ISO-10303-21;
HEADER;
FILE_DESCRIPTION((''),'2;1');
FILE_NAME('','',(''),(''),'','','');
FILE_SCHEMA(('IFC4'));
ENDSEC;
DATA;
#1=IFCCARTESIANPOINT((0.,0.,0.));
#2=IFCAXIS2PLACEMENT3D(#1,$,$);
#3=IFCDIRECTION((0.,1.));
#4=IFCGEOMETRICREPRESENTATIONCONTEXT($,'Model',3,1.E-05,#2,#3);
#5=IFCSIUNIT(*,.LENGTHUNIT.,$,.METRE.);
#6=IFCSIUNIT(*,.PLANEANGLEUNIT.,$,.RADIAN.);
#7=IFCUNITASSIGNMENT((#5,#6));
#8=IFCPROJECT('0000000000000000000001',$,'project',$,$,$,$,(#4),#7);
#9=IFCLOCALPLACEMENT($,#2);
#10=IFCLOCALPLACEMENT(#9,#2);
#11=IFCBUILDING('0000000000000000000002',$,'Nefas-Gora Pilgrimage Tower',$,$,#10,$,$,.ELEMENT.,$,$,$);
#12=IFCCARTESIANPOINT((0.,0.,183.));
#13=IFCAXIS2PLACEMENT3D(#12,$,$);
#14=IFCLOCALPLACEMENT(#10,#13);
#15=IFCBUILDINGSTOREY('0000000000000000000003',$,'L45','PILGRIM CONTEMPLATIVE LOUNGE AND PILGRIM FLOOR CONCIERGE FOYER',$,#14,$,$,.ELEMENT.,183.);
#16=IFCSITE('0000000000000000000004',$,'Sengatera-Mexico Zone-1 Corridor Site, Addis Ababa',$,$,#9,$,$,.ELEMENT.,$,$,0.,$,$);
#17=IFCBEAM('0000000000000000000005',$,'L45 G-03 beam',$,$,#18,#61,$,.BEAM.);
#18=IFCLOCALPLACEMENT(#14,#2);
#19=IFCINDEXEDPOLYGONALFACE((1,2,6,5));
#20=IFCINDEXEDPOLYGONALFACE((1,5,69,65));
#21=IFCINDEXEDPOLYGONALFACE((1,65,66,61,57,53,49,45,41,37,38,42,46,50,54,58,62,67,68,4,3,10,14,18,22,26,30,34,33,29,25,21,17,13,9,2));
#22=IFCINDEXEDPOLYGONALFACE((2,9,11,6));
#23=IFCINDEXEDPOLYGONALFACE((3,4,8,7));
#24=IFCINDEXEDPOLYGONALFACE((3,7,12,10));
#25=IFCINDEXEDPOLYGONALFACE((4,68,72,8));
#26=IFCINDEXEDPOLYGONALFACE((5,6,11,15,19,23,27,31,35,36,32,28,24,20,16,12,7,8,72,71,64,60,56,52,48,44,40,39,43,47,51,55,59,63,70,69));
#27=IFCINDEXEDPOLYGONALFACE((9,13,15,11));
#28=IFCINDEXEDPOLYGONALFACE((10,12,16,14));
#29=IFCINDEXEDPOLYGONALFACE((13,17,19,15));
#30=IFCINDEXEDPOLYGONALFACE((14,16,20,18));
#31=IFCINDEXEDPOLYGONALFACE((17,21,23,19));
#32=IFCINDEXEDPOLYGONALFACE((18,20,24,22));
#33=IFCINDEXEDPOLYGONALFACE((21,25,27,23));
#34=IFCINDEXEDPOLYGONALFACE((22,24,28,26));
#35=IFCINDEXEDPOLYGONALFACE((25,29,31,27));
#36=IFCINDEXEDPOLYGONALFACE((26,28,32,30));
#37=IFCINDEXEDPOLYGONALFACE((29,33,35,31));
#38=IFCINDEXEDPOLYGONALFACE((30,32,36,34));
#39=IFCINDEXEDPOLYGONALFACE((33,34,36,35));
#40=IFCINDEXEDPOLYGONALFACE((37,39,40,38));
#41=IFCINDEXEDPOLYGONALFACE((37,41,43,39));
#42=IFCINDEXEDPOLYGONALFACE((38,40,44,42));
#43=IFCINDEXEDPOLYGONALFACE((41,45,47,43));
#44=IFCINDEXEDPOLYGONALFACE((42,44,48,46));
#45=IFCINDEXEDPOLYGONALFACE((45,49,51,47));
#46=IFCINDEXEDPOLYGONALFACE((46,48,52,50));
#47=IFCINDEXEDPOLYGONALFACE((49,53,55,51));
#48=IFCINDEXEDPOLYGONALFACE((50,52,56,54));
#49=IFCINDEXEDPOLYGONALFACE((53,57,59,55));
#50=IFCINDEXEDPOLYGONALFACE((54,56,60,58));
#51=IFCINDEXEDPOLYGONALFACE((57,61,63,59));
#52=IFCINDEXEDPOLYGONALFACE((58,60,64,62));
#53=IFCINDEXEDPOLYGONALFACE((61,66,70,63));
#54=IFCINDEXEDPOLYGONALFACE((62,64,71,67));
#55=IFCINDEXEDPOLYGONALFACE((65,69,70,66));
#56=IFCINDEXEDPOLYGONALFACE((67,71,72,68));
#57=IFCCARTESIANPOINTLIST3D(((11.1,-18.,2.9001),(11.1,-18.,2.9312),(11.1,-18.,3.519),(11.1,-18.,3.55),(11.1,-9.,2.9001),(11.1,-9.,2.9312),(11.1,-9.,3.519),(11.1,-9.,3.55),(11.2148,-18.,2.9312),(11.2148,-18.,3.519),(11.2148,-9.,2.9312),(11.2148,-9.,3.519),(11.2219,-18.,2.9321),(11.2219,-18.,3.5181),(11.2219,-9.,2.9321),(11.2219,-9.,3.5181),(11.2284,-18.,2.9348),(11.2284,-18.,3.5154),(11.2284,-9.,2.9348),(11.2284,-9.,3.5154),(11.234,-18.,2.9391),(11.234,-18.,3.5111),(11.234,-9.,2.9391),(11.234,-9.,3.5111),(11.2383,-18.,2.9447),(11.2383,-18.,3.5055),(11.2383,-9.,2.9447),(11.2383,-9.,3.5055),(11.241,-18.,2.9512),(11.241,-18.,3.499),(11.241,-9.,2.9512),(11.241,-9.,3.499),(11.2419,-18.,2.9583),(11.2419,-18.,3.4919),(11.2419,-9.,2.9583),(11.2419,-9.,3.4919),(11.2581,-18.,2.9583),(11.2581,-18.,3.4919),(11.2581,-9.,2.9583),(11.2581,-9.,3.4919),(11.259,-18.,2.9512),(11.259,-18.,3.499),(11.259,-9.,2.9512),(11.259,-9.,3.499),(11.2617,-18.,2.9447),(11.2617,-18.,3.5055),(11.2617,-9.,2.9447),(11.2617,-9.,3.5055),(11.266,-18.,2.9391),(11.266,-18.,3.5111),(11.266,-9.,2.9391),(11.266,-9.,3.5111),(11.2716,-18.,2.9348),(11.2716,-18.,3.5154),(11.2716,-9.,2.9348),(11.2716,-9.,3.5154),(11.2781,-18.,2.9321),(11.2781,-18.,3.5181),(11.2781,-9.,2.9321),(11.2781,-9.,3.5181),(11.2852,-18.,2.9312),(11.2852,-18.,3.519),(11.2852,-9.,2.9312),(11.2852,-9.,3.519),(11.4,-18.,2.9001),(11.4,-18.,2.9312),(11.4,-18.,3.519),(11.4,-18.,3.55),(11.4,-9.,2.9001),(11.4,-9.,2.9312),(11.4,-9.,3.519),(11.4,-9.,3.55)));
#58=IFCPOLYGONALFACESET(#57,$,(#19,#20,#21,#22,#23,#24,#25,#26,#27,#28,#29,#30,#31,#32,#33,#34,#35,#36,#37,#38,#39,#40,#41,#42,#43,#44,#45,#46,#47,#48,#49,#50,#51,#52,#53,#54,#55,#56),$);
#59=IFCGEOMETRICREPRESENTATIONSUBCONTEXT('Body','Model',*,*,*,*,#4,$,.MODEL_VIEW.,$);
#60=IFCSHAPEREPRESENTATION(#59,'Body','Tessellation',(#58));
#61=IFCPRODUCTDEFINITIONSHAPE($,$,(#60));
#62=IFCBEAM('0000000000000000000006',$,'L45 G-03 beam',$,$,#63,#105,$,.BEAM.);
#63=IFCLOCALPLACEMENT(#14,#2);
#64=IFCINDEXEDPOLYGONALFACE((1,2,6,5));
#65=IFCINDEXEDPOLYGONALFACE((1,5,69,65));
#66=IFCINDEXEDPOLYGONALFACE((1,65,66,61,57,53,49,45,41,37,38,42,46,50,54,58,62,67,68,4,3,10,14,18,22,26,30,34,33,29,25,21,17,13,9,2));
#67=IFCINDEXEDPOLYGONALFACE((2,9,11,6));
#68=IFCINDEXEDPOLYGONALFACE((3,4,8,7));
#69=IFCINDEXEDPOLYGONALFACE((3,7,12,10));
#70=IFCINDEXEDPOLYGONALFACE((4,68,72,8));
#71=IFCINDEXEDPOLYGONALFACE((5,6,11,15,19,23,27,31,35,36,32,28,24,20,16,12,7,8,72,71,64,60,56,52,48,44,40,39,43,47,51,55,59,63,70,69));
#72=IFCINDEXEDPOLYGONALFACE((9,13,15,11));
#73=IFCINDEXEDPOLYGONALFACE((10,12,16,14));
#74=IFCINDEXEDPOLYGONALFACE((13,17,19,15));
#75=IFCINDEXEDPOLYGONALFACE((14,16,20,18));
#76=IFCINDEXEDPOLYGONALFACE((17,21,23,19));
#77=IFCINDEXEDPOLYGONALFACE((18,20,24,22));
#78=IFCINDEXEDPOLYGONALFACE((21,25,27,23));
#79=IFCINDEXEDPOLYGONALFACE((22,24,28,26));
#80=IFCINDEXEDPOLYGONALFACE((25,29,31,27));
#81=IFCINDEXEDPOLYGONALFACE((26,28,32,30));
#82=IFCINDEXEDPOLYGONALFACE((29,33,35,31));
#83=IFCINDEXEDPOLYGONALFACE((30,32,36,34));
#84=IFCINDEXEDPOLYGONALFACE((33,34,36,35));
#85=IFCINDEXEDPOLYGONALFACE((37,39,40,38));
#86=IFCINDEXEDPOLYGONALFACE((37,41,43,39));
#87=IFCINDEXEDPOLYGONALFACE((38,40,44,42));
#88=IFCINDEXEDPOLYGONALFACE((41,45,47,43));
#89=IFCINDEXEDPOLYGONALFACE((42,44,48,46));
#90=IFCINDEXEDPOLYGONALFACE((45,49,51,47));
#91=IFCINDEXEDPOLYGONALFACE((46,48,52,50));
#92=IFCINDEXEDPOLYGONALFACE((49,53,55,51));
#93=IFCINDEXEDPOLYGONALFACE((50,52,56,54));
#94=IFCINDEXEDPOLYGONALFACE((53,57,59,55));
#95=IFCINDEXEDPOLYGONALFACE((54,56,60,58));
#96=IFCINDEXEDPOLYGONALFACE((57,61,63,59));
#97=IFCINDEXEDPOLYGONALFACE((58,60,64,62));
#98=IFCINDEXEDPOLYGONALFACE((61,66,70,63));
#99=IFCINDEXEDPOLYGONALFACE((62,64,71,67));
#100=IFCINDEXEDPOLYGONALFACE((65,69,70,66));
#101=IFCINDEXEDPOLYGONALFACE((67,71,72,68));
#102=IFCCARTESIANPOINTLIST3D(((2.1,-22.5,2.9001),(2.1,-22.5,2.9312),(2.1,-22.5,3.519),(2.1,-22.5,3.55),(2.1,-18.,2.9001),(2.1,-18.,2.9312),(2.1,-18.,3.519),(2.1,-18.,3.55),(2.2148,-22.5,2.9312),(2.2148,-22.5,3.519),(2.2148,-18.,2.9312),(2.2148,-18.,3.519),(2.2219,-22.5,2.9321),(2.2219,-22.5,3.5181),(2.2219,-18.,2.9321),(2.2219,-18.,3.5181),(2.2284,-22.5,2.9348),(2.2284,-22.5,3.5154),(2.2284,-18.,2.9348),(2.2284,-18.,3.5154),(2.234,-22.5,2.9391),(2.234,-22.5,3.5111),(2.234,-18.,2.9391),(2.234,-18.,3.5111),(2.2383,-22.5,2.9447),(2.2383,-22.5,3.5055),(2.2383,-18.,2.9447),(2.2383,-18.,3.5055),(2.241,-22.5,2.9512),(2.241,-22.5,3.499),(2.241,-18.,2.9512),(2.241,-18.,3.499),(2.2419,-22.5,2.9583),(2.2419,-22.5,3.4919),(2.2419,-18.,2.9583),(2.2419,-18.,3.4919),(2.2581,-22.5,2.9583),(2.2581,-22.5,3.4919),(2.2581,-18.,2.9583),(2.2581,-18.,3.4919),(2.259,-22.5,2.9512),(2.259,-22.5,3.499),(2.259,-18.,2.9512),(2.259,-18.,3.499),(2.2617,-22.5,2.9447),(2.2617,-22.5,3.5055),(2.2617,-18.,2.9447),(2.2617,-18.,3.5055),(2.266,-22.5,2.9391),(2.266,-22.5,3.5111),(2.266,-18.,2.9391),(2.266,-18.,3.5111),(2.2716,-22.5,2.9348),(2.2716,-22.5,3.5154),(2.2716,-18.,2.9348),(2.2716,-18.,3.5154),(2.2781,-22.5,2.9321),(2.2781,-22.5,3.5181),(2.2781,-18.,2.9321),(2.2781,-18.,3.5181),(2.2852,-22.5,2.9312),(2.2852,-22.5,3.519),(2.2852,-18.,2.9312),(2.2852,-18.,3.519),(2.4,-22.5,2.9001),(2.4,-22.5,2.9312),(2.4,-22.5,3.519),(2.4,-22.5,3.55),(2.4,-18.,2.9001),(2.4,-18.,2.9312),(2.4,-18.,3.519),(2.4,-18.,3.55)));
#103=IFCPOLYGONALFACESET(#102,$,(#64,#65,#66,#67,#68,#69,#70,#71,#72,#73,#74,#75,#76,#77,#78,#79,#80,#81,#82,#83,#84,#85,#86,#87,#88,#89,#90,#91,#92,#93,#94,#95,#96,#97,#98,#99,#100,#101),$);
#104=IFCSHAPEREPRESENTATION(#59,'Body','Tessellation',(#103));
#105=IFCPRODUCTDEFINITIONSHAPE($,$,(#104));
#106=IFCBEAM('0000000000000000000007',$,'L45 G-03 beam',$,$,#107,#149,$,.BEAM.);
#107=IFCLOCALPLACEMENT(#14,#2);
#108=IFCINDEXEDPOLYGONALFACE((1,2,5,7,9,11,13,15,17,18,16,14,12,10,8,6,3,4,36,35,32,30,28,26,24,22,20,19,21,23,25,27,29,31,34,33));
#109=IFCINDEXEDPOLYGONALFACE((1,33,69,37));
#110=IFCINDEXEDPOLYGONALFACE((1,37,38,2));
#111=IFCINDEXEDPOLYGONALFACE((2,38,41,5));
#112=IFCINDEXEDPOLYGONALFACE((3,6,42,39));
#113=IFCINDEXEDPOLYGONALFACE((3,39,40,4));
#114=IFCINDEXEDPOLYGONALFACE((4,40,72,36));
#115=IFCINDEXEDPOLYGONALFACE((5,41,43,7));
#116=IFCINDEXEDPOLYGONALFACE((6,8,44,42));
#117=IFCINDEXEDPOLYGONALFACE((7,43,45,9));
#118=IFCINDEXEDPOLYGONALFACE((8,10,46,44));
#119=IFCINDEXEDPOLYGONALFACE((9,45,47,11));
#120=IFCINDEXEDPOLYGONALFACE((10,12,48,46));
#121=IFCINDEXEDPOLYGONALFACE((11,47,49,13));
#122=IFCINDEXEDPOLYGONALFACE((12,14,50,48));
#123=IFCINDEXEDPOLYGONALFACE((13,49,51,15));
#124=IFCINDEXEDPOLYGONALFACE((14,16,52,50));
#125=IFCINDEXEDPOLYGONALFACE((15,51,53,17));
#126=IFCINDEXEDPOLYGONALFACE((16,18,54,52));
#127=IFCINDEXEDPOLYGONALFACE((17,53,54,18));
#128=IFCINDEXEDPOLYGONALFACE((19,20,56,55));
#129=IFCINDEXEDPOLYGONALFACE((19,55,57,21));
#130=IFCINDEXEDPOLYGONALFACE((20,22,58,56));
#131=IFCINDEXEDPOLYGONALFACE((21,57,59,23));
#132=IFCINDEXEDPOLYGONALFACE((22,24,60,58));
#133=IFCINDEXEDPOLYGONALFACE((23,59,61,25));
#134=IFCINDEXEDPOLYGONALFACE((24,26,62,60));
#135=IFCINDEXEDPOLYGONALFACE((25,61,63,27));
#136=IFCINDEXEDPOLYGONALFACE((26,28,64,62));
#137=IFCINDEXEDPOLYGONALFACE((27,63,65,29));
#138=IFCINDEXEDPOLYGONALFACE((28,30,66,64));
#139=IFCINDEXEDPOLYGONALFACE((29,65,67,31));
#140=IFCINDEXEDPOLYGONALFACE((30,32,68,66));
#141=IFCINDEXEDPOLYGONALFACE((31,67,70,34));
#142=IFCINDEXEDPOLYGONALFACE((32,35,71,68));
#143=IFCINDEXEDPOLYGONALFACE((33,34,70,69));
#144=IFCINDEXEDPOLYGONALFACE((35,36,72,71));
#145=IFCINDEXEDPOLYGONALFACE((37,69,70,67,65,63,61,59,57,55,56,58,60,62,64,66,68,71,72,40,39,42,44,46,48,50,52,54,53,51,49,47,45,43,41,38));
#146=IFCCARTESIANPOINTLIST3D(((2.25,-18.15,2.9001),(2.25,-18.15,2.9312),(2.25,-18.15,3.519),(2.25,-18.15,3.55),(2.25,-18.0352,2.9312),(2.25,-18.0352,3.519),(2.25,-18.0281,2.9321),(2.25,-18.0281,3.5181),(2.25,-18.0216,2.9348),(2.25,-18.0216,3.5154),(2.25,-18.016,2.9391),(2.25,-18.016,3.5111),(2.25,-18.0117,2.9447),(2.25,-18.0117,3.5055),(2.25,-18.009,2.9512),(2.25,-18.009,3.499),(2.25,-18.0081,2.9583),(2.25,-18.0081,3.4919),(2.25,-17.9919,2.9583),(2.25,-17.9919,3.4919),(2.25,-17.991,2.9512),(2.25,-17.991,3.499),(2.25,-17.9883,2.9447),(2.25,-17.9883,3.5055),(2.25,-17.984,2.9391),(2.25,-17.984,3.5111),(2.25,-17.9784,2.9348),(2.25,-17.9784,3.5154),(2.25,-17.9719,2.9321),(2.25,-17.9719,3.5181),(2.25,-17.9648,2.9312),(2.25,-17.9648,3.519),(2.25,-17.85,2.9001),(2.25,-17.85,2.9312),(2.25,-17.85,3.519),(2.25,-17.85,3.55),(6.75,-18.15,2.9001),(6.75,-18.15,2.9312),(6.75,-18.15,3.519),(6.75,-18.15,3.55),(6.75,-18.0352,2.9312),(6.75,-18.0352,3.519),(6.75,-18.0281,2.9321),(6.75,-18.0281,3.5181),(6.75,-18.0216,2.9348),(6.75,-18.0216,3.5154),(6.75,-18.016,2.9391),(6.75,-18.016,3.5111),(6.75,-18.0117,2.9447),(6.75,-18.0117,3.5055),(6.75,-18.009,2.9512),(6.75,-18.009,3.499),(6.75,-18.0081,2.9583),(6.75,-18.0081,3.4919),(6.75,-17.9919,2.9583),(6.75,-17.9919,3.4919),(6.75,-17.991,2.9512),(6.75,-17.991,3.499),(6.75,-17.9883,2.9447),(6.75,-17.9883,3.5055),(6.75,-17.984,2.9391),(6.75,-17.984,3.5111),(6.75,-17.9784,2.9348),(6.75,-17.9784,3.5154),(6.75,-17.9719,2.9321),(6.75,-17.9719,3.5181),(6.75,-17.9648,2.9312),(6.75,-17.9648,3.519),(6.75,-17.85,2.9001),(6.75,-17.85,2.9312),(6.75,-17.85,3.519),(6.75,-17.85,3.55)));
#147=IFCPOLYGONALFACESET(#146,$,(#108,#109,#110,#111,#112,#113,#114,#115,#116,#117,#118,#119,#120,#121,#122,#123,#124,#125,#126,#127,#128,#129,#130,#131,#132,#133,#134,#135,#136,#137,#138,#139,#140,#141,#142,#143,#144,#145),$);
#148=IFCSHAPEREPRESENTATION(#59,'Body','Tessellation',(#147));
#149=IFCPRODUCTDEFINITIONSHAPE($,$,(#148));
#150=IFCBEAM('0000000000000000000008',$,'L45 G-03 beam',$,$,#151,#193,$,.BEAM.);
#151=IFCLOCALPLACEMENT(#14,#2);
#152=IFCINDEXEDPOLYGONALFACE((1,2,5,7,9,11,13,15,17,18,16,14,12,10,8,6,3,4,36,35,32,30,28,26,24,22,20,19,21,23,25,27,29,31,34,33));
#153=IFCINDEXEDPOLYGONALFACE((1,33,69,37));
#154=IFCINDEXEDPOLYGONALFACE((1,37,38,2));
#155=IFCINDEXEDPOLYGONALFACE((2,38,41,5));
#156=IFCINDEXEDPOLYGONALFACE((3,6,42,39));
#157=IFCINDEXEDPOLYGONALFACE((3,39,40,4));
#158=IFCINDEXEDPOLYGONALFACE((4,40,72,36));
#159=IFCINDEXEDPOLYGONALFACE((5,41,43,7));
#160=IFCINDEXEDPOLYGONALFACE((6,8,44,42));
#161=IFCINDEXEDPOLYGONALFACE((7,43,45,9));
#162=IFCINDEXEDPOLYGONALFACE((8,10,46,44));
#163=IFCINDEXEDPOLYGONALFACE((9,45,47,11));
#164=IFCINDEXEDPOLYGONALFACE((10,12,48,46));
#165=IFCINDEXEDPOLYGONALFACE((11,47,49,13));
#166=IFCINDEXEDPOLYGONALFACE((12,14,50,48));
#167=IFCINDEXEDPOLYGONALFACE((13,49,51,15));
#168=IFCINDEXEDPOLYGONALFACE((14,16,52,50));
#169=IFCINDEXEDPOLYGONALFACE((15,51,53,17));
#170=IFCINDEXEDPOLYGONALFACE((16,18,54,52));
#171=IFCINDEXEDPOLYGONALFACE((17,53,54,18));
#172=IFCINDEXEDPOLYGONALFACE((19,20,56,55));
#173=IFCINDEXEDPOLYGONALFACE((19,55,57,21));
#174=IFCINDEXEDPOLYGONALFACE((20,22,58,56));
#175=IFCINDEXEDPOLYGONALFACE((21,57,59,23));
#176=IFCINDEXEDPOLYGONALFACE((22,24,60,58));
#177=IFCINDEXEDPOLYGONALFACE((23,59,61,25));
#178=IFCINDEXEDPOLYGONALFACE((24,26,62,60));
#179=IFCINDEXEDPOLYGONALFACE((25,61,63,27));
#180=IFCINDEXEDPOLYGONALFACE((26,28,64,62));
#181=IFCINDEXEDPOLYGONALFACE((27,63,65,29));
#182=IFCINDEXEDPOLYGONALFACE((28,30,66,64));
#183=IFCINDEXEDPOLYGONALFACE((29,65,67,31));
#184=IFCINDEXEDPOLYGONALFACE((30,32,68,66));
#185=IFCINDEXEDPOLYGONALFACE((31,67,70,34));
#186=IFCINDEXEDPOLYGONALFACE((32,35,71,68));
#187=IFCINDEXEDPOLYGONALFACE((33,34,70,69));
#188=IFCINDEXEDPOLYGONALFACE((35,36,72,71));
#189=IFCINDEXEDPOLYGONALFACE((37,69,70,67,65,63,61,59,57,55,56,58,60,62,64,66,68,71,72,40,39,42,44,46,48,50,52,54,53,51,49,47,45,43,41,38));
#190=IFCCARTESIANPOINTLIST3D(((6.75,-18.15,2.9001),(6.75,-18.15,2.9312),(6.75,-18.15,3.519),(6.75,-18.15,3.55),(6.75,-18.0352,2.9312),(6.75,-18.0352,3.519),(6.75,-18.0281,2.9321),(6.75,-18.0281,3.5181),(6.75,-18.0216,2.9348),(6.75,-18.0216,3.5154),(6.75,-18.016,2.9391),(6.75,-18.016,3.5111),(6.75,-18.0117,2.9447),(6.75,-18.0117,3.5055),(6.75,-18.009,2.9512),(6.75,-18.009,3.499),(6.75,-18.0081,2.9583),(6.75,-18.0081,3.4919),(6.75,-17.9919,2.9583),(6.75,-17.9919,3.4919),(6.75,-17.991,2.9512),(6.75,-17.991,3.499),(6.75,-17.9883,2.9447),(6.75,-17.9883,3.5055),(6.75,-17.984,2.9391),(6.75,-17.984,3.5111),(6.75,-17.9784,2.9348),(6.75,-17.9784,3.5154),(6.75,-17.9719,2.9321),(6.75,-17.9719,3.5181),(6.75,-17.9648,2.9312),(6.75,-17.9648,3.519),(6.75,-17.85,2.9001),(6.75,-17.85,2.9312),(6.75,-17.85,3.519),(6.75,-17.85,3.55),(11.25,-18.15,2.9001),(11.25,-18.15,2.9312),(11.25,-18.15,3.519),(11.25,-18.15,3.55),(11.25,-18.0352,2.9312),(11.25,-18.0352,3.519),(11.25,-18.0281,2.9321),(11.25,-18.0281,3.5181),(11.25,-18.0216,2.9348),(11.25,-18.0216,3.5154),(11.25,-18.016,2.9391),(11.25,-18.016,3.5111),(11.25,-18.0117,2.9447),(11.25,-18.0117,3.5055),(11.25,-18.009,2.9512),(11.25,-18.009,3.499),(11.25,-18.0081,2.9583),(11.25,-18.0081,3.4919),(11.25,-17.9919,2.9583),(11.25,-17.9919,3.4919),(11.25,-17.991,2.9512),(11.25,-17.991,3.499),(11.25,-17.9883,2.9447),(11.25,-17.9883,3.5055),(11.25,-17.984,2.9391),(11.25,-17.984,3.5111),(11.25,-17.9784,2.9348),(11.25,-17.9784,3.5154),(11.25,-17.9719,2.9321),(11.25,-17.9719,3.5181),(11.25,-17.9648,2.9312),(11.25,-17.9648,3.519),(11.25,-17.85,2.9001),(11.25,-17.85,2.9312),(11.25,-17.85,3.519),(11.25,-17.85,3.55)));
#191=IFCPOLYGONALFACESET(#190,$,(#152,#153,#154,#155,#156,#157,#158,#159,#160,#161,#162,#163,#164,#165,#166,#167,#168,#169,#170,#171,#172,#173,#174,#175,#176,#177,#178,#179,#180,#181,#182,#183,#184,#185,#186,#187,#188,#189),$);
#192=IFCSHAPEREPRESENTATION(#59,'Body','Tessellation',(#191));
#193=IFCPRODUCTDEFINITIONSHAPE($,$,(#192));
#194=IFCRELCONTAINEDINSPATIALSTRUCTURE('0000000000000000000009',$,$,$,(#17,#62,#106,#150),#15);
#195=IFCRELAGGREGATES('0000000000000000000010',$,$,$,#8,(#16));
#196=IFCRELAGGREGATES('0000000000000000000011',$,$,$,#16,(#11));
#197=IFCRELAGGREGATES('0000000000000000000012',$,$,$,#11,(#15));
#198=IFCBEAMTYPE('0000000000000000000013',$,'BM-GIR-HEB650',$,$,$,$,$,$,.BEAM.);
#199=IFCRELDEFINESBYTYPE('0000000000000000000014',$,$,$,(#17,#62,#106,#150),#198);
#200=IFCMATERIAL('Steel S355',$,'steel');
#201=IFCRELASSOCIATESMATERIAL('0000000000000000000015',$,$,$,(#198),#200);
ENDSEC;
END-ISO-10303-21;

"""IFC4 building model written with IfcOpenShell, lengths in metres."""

from ifc_helpers import new_model, si_unit, direction, frame, origin, origin_2d, place, context, subcontext, project, spatial, i_section, extrude, source, transform, mapped, material, material_profile, profile_set, type_object, element, save


model = new_model("IFC4")

# Units and contexts
model_context = context("Model", 3, precision=1e-05, world=origin(), true_north=direction((0.0, 1.0)))
body_context = subcontext(model_context, "Body", "Model", "MODEL_VIEW")
ifc_project = project(units=[si_unit("LENGTHUNIT", "METRE"), si_unit("PLANEANGLEUNIT", "RADIAN")], contexts=[model_context])

# Site, building, storey
site_placement = place(None, origin())
site = spatial("IfcSite", under=ifc_project, at=site_placement, Name="Sengatera-Mexico Zone-1 Corridor Site, Addis Ababa", CompositionType="ELEMENT", RefElevation=0.0)
building_placement = place(site_placement, origin())
building = spatial("IfcBuilding", under=site, at=building_placement, Name="Nefas-Gora Pilgrimage Tower", CompositionType="ELEMENT")
storey_placement = place(building_placement, frame((0.0, 0.0, 183.0)))
storey = spatial("IfcBuildingStorey", under=building, at=storey_placement, Name="L45", Description="PILGRIM CONTEMPLATIVE LOUNGE AND PILGRIM FLOOR CONCIERGE FOYER", CompositionType="ELEMENT", Elevation=183.0)

# Beams
ifc_material_1 = material(Name="Steel S355", Category="steel")
ifc_material_profile_1 = material_profile(ifc_material_1, i_section(OverallWidth=0.3, OverallDepth=0.6499, WebThickness=0.0161, FlangeThickness=0.031, FilletRadius=0.0271, at=origin_2d()), Name="HEB 650")
ifc_profile_set_1 = profile_set([ifc_material_profile_1], Name="Steel S355")
beam_type_1 = type_object("IfcBeamType", Name="BM-GIR-HEB650", PredefinedType="BEAM", material=ifc_profile_set_1)
shared_shape_1 = source(origin(), body_context, "Body", "SweptSolid", [
    extrude(i_section(OverallWidth=0.3, OverallDepth=0.6499, WebThickness=0.0161, FlangeThickness=0.031, FilletRadius=0.0271, at=origin_2d()), origin(), (0.0, 0.0, 1.0), 9.0),
])
beam_1_placement = place(storey_placement, frame((11.25, -18.0, 3.2251), z_axis=(0.0, 1.0, 0.0), x_axis=(-1.0, 0.0, 0.0)))
element("IfcBeam", 1, at=beam_1_placement, inside=storey, type_object=beam_type_1, Name="L45 G-03 beam", PredefinedType="BEAM", context=body_context, shape_type="MappedRepresentation", body=[
    mapped(shared_shape_1, transform((0.0, 0.0, 0.0), x_axis=(1.0, 0.0, 0.0), y_axis=(0.0, 1.0, 0.0), z_axis=(0.0, 0.0, 1.0), scale=1.0)),
])
shared_shape_2 = source(origin(), body_context, "Body", "SweptSolid", [
    extrude(i_section(OverallWidth=0.3, OverallDepth=0.6499, WebThickness=0.0161, FlangeThickness=0.031, FilletRadius=0.0271, at=origin_2d()), origin(), (0.0, 0.0, 1.0), 4.5),
])
for number, where, z_axis, x_axis, name in (
    (2, (2.25, -22.5, 3.2251), (0.0, 1.0, 0.0), (-1.0, 0.0, 0.0), "L45 G-03 beam"),
    (3, (2.25, -18.0, 3.2251), (1.0, 0.0, 0.0), (0.0, 1.0, 0.0), "L45 G-03 beam"),
    (4, (6.75, -18.0, 3.2251), (1.0, 0.0, 0.0), (0.0, 1.0, 0.0), "L45 G-03 beam"),
):
    element("IfcBeam", number, at=place(storey_placement, frame(where, z_axis=z_axis, x_axis=x_axis)), inside=storey, type_object=beam_type_1, Name=name, PredefinedType="BEAM", context=body_context, shape_type="MappedRepresentation", body=[
        mapped(shared_shape_2, transform((0.0, 0.0, 0.0), x_axis=(1.0, 0.0, 0.0), y_axis=(0.0, 1.0, 0.0), z_axis=(0.0, 0.0, 1.0), scale=1.0)),
    ])

save(model, "model.ifc")
